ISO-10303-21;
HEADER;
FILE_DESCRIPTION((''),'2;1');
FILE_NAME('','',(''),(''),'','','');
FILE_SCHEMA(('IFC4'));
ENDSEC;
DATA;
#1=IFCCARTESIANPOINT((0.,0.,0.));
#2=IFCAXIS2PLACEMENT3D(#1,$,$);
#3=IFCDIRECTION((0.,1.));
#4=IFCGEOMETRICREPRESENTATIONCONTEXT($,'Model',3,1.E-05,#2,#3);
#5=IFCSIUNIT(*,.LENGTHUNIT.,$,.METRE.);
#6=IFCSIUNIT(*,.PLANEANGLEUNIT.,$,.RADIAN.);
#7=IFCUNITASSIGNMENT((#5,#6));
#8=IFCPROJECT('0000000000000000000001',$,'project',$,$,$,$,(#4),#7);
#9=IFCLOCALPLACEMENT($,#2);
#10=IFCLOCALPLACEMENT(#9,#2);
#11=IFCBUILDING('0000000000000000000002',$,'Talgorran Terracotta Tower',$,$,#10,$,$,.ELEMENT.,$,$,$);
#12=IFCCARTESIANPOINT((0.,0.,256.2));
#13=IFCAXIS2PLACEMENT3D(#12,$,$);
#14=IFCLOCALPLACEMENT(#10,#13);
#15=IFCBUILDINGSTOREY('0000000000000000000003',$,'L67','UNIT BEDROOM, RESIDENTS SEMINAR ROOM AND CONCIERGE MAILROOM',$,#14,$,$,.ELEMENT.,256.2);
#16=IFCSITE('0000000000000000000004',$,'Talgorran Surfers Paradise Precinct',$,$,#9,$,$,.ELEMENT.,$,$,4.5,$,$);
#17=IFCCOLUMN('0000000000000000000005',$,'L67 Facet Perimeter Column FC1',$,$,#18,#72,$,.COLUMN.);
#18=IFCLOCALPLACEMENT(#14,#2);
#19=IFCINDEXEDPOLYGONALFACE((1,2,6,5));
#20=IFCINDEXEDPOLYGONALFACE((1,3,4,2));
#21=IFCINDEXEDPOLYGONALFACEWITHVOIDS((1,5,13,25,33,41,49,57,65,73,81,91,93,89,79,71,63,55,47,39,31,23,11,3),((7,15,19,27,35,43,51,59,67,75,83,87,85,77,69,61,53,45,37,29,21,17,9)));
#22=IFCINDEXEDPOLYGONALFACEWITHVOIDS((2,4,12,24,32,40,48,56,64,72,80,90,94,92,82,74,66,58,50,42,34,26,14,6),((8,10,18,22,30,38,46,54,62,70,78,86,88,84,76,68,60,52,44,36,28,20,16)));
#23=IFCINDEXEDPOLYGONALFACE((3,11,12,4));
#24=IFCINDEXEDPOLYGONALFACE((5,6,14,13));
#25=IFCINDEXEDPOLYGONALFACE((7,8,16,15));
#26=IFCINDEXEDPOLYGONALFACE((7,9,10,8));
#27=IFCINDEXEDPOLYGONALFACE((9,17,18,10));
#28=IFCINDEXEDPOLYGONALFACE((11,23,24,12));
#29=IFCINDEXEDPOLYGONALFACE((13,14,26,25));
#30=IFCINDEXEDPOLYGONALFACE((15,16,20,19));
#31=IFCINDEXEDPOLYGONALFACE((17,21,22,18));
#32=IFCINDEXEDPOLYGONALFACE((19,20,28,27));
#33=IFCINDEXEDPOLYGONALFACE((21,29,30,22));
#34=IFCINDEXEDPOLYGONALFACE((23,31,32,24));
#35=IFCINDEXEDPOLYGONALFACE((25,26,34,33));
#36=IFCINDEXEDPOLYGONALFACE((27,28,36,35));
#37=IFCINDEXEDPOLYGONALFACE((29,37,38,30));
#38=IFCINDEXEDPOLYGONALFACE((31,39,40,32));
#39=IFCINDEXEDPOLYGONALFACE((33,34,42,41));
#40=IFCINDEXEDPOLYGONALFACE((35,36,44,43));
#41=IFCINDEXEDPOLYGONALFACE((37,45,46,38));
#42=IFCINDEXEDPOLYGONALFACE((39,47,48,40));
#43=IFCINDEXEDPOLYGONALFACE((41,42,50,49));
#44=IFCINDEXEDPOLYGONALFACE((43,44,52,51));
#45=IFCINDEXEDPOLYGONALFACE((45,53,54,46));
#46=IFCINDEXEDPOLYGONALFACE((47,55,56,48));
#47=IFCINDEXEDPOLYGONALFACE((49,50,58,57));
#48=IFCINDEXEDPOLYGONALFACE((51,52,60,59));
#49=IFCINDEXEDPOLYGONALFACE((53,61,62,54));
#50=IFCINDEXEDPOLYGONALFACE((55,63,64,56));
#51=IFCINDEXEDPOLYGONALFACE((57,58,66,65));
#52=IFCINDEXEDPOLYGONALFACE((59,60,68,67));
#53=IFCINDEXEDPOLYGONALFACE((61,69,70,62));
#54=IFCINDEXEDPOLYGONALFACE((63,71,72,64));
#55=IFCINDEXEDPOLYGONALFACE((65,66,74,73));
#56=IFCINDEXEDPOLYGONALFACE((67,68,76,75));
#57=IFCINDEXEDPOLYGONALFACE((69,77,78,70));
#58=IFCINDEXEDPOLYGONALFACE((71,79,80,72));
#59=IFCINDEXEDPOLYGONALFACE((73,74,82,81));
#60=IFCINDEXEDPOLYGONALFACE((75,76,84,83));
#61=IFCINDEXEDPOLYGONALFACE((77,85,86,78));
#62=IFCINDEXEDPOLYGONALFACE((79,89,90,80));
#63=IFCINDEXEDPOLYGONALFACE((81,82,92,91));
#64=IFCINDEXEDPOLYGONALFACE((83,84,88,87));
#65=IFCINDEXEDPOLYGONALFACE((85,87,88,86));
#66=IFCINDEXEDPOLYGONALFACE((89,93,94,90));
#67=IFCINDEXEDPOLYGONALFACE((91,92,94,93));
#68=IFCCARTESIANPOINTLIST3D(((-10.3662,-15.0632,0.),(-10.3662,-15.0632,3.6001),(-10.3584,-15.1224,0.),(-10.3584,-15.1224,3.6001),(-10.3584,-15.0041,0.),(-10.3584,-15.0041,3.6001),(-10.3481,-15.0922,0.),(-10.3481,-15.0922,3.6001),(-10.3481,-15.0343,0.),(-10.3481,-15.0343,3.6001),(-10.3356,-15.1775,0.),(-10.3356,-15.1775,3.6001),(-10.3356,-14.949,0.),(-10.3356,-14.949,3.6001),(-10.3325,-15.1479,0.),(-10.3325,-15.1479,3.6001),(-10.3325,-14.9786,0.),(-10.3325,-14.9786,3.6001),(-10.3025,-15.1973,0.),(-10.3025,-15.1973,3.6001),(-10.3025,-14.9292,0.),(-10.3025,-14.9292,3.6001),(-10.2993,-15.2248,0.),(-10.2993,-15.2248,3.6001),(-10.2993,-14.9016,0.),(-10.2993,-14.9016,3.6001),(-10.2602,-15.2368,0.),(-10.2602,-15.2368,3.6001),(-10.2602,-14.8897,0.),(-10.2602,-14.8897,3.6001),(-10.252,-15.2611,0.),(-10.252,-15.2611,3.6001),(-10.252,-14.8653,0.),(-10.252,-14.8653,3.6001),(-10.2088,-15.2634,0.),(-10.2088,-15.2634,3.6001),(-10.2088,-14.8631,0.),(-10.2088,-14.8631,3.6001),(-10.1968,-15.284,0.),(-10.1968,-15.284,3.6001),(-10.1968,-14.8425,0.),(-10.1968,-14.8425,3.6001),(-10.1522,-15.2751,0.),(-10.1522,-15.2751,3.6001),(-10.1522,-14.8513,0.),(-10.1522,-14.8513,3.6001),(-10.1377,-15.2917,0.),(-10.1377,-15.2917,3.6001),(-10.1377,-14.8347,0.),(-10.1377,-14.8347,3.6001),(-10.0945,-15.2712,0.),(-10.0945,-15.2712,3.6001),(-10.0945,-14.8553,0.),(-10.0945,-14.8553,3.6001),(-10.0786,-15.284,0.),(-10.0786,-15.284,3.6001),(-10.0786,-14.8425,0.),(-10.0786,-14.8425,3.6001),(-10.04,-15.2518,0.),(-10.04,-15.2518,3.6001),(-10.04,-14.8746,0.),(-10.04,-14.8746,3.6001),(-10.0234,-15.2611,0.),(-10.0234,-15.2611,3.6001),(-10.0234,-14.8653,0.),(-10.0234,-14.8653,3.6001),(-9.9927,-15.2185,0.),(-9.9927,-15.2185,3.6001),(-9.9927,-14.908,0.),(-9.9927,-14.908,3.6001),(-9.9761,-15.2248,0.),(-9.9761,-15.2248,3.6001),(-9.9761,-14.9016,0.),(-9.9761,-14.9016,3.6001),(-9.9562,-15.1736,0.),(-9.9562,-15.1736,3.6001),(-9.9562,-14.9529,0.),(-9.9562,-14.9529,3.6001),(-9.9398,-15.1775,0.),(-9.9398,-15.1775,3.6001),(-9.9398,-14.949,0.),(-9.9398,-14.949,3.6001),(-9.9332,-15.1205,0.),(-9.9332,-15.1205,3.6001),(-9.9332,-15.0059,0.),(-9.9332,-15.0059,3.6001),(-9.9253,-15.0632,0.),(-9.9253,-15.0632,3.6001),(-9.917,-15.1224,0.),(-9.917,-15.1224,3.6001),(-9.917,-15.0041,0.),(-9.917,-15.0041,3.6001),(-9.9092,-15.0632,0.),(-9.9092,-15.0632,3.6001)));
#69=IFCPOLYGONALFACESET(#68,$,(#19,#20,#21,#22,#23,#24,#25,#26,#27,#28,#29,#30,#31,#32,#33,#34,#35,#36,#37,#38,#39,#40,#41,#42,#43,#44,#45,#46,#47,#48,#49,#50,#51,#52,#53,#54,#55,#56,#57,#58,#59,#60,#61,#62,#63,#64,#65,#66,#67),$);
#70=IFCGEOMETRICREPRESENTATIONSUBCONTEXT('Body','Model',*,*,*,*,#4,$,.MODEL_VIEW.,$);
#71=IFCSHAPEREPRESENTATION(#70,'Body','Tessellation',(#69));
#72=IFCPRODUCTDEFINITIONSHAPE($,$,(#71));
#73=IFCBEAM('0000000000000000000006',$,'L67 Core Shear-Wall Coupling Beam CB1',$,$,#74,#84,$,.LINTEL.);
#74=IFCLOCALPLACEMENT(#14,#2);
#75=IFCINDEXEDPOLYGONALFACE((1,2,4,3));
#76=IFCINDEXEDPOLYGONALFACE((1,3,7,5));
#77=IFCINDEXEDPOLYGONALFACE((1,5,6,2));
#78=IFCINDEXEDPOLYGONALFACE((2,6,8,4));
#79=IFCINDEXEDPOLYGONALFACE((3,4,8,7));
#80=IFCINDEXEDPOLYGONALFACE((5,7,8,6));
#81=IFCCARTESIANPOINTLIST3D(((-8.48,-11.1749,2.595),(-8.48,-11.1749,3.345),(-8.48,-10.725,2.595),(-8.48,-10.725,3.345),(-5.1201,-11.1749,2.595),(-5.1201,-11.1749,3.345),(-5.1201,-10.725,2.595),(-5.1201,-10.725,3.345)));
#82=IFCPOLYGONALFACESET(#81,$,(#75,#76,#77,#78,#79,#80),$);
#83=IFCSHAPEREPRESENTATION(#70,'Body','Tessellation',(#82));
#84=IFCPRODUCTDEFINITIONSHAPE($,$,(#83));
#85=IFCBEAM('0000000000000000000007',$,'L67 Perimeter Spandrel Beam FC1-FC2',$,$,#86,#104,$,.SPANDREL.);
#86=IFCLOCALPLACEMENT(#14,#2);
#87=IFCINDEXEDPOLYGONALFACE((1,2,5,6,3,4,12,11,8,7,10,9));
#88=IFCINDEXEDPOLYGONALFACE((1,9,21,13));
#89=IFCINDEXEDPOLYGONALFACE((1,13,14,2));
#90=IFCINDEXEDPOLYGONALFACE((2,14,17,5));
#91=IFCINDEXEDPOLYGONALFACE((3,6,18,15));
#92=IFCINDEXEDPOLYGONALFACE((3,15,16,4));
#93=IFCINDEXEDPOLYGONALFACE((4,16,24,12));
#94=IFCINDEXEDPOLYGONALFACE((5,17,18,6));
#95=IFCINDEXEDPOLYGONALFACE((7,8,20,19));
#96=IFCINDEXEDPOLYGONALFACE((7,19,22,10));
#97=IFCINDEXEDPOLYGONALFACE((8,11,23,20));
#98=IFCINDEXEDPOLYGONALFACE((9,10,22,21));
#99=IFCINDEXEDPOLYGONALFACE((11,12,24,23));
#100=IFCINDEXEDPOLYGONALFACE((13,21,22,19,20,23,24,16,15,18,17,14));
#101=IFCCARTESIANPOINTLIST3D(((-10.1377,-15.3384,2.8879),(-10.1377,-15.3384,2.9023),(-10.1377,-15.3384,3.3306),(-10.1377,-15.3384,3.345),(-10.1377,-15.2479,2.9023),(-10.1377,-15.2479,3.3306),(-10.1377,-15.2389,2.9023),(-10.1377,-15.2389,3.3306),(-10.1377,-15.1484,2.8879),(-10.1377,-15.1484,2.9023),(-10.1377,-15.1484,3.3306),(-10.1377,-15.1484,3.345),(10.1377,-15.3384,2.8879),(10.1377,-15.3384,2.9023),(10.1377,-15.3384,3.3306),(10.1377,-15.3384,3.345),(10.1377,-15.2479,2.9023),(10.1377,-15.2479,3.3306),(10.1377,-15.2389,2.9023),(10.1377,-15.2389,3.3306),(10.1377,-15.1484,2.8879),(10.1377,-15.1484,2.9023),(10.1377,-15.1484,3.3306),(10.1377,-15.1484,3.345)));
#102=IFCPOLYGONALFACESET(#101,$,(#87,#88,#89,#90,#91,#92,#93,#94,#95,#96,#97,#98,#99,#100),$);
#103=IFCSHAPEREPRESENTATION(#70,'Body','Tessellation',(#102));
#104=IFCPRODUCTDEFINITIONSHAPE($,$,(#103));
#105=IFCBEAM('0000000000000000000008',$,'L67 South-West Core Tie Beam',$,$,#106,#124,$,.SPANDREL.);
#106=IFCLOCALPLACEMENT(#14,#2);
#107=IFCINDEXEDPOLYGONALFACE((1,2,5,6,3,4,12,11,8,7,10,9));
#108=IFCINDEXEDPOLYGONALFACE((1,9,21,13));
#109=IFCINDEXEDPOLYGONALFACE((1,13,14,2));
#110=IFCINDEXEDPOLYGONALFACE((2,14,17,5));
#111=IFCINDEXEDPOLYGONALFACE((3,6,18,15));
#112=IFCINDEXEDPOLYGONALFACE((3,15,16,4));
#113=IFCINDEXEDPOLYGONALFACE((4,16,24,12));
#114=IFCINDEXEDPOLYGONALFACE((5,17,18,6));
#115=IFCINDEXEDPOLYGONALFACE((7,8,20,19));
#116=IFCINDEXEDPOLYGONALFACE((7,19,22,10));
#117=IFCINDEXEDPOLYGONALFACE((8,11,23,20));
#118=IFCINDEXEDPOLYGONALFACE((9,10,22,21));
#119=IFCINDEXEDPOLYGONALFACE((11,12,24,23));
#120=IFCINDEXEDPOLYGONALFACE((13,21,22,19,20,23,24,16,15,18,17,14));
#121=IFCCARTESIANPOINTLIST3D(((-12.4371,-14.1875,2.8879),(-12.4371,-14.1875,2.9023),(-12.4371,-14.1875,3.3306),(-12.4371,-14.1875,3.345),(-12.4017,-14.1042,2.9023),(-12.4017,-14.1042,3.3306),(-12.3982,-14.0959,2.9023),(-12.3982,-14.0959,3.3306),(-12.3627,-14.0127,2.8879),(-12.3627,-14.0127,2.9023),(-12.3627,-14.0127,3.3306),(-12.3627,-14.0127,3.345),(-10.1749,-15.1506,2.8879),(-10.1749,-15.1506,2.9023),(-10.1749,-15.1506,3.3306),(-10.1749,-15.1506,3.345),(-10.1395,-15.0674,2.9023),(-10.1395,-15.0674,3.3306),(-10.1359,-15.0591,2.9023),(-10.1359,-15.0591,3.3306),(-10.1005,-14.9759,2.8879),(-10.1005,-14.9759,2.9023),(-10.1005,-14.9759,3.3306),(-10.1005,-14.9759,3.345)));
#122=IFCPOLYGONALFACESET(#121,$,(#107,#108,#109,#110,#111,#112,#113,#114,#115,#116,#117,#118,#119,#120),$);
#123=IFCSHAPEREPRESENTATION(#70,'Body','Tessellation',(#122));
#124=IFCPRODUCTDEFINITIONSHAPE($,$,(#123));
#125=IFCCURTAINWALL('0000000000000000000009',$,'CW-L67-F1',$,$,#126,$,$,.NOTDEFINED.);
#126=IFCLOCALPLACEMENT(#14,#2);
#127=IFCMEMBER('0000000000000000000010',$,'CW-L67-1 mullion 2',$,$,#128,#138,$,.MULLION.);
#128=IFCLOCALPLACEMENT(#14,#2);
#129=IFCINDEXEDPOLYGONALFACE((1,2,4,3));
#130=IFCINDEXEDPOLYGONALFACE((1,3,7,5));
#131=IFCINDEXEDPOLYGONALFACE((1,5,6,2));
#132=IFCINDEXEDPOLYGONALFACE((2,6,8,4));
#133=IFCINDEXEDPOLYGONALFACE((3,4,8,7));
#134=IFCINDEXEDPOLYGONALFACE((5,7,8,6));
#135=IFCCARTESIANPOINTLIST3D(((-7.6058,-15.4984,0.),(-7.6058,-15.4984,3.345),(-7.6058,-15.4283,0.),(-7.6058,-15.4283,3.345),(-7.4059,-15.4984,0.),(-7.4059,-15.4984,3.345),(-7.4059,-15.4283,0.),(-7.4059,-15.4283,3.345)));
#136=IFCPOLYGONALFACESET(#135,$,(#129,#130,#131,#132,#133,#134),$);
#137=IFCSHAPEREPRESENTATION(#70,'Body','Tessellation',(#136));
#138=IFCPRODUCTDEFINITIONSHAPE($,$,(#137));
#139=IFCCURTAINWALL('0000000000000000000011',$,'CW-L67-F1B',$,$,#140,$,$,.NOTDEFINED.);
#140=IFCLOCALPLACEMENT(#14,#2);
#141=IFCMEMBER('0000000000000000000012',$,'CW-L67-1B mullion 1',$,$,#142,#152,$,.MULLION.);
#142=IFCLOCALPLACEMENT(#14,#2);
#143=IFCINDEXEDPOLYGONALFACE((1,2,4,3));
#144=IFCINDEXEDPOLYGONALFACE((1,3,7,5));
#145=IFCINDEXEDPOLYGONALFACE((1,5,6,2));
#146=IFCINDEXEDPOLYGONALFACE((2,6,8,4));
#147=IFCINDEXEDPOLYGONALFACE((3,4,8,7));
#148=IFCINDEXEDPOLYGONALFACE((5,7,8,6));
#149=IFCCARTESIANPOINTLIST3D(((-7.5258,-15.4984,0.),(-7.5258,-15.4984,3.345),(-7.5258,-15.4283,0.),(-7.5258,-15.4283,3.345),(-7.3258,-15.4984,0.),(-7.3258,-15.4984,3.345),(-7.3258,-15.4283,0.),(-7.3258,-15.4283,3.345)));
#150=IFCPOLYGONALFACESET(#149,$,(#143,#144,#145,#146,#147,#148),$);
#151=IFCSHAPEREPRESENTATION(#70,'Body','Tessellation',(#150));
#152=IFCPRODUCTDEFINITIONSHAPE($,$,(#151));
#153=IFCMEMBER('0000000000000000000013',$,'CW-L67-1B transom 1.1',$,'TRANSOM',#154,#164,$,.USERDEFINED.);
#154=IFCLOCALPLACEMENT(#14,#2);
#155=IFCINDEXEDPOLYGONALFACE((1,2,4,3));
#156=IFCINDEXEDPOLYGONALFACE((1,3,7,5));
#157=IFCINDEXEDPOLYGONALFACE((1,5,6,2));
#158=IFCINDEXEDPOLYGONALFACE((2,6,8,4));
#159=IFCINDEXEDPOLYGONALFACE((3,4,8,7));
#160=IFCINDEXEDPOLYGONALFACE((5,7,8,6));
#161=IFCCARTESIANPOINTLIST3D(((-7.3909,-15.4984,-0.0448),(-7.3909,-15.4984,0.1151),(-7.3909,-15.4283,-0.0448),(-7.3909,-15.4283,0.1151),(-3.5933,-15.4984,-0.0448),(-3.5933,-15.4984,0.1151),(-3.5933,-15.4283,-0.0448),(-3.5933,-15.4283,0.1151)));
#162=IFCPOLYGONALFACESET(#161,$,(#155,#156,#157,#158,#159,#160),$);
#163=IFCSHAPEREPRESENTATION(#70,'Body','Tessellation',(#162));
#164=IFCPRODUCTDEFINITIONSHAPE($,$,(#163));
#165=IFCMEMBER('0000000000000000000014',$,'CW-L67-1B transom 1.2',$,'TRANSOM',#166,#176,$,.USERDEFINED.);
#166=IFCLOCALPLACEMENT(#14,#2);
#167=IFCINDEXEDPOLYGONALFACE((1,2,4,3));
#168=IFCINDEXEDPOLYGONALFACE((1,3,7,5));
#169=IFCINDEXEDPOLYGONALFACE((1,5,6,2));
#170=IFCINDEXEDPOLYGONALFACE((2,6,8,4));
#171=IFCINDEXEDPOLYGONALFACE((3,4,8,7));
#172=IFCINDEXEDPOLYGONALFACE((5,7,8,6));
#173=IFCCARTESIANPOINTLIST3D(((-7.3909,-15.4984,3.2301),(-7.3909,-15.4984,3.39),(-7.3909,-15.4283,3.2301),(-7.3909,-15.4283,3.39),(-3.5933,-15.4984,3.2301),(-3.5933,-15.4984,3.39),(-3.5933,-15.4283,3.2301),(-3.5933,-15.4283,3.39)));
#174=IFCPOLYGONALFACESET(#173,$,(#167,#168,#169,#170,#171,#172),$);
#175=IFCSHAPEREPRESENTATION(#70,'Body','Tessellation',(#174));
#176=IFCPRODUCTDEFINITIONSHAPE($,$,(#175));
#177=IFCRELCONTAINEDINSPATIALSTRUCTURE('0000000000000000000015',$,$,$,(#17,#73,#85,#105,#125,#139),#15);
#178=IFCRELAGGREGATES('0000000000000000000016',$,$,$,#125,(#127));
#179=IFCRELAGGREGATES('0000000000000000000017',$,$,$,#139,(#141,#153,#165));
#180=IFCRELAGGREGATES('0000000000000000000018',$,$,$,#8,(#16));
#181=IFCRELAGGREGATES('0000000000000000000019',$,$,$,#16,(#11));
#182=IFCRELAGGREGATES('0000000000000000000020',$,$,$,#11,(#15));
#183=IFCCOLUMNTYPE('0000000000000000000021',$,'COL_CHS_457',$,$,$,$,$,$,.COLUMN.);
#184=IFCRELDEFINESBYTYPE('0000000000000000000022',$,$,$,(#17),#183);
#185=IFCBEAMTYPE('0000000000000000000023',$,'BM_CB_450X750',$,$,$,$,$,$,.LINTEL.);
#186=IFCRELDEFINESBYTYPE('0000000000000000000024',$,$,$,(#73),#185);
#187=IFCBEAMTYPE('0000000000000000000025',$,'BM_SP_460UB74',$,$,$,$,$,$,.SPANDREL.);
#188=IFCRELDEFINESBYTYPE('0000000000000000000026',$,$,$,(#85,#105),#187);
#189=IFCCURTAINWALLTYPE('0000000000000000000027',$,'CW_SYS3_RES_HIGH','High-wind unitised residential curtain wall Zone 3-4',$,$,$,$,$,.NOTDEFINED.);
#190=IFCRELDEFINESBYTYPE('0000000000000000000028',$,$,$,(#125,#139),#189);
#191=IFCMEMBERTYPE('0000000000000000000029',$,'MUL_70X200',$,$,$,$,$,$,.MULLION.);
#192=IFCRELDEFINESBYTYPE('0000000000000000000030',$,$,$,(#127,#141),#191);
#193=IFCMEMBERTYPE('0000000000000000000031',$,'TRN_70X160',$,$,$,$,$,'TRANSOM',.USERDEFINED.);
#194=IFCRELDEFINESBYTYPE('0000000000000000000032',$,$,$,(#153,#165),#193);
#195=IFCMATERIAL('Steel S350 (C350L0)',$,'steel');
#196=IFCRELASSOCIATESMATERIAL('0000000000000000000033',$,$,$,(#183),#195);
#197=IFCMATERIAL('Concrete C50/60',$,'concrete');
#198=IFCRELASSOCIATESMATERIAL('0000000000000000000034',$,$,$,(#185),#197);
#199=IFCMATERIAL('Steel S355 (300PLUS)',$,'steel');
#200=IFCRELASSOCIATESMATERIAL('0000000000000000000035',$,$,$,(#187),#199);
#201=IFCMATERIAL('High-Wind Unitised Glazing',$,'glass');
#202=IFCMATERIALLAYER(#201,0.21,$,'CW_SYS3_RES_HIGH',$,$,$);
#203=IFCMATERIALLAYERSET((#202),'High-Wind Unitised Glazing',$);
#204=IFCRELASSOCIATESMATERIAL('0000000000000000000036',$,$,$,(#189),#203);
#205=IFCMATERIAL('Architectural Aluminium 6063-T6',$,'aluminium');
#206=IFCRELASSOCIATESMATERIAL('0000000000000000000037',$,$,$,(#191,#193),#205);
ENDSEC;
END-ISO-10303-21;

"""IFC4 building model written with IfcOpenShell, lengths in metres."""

from ifc_helpers import new_model, si_unit, direction, frame, origin, origin_2d, place, context, subcontext, project, spatial, rectangle, hollow_circle, i_section, extrude, material, layer, layer_set, material_profile, profile_set, type_object, element, aggregate, save


model = new_model("IFC4")

# Units and contexts
model_context = context("Model", 3, precision=1e-05, world=origin(), true_north=direction((0.0, 1.0)))
body_context = subcontext(model_context, "Body", "Model", "MODEL_VIEW")
ifc_project = project(units=[si_unit("LENGTHUNIT", "METRE"), si_unit("PLANEANGLEUNIT", "RADIAN")], contexts=[model_context])

# Site, building, storey
site_placement = place(None, origin())
site = spatial("IfcSite", under=ifc_project, at=site_placement, Name="Talgorran Surfers Paradise Precinct", CompositionType="ELEMENT", RefElevation=4.5)
building_placement = place(site_placement, origin())
building = spatial("IfcBuilding", under=site, at=building_placement, Name="Talgorran Terracotta Tower", CompositionType="ELEMENT")
storey_placement = place(building_placement, frame((0.0, 0.0, 256.2)))
storey = spatial("IfcBuildingStorey", under=building, at=storey_placement, Name="L67", Description="UNIT BEDROOM, RESIDENTS SEMINAR ROOM AND CONCIERGE MAILROOM", CompositionType="ELEMENT", Elevation=256.2)

# Column
ifc_material_1 = material(Name="Steel S350 (C350L0)", Category="steel")
ifc_material_profile_1 = material_profile(ifc_material_1, hollow_circle(Radius=0.2285, WallThickness=0.0161, at=origin_2d()), Name="CHS457X16")
ifc_profile_set_1 = profile_set([ifc_material_profile_1], Name="Steel S350 (C350L0)")
column_type = type_object("IfcColumnType", Name="COL_CHS_457", PredefinedType="COLUMN", material=ifc_profile_set_1)
column_placement = place(storey_placement, frame((-10.1377, -15.0632, 0.0), z_axis=(0.0, 0.0, 1.0), x_axis=(1.0, 0.0, 0.0)))
element("IfcColumn", 1, at=column_placement, inside=storey, type_object=column_type, Name="L67 Facet Perimeter Column FC1", PredefinedType="COLUMN", context=body_context, shape_type="SweptSolid", body=[
    extrude(hollow_circle(Radius=0.2285, WallThickness=0.0161, at=origin_2d()), origin(), (0.0, 0.0, 1.0), 3.6001),
])

# Beams
ifc_material_2 = material(Name="Concrete C50/60", Category="concrete")
ifc_material_profile_2 = material_profile(ifc_material_2, rectangle(XDim=0.45, YDim=0.75, at=origin_2d()), Name="RCCB450X750")
ifc_profile_set_2 = profile_set([ifc_material_profile_2], Name="Concrete C50/60")
beam_type_1 = type_object("IfcBeamType", Name="BM_CB_450X750", PredefinedType="LINTEL", material=ifc_profile_set_2)
beam_1_placement = place(storey_placement, frame((-8.48, -10.95, 2.97), z_axis=(1.0, 0.0, 0.0), x_axis=(0.0, 1.0, 0.0)))
element("IfcBeam", 2, at=beam_1_placement, inside=storey, type_object=beam_type_1, Name="L67 Core Shear-Wall Coupling Beam CB1", PredefinedType="LINTEL", context=body_context, shape_type="SweptSolid", body=[
    extrude(rectangle(XDim=0.45, YDim=0.75, at=origin_2d()), origin(), (0.0, 0.0, 1.0), 3.3599),
])
ifc_material_3 = material(Name="Steel S355 (300PLUS)", Category="steel")
ifc_material_profile_3 = material_profile(ifc_material_3, i_section(OverallWidth=0.1899, OverallDepth=0.457, WebThickness=0.009, FlangeThickness=0.0144, at=origin_2d()), Name="460UB74.6")
ifc_profile_set_3 = profile_set([ifc_material_profile_3], Name="Steel S355 (300PLUS)")
beam_type_2 = type_object("IfcBeamType", Name="BM_SP_460UB74", PredefinedType="SPANDREL", material=ifc_profile_set_3)
beam_2_placement = place(storey_placement, frame((-10.1377, -15.2434, 3.1165), z_axis=(1.0, 0.0, 0.0), x_axis=(0.0, 1.0, 0.0)))
element("IfcBeam", 3, at=beam_2_placement, inside=storey, type_object=beam_type_2, Name="L67 Perimeter Spandrel Beam FC1-FC2", PredefinedType="SPANDREL", context=body_context, shape_type="SweptSolid", body=[
    extrude(i_section(OverallWidth=0.1899, OverallDepth=0.457, WebThickness=0.009, FlangeThickness=0.0144, at=origin_2d()), origin(), (0.0, 0.0, 1.0), 20.2754),
])
beam_3_placement = place(storey_placement, frame((-10.1377, -15.0632, 3.1165), z_axis=(-0.920082, 0.391725, 0.0), x_axis=(-0.391725, -0.920082, 0.0)))
element("IfcBeam", 4, at=beam_3_placement, inside=storey, type_object=beam_type_2, Name="L67 South-West Core Tie Beam", PredefinedType="SPANDREL", context=body_context, shape_type="SweptSolid", body=[
    extrude(i_section(OverallWidth=0.1899, OverallDepth=0.457, WebThickness=0.009, FlangeThickness=0.0144, at=origin_2d()), origin(), (0.0, 0.0, 1.0), 2.4587),
])

# Curtain wall, member
ifc_material_4 = material(Name="High-Wind Unitised Glazing", Category="glass")
ifc_layer_1 = layer(ifc_material_4, 0.21, Name="CW_SYS3_RES_HIGH")
ifc_layer_set_1 = layer_set([ifc_layer_1], Name="High-Wind Unitised Glazing")
curtain_wall_type = type_object("IfcCurtainWallType", Name="CW_SYS3_RES_HIGH", Description="High-wind unitised residential curtain wall Zone 3-4", PredefinedType="NOTDEFINED", material=ifc_layer_set_1)
curtain_wall_1_placement = place(storey_placement, origin())
curtain_wall_1 = element("IfcCurtainWall", 5, at=curtain_wall_1_placement, inside=storey, type_object=curtain_wall_type, Name="CW-L67-F1", PredefinedType="NOTDEFINED")
ifc_material_5 = material(Name="Architectural Aluminium 6063-T6", Category="aluminium")
ifc_material_profile_4 = material_profile(ifc_material_5, rectangle(XDim=0.0701, YDim=0.2, at=origin_2d()), Name="CWM70X200")
ifc_profile_set_4 = profile_set([ifc_material_profile_4], Name="Architectural Aluminium 6063-T6")
member_type_1 = type_object("IfcMemberType", Name="MUL_70X200", PredefinedType="MULLION", material=ifc_profile_set_4)
member_1_placement = place(storey_placement, frame((-7.5059, -15.4634, 0.0), z_axis=(0.0, 0.0, 1.0), x_axis=(0.0, 1.0, 0.0)))
member_1 = element("IfcMember", 6, at=member_1_placement, type_object=member_type_1, Name="CW-L67-1 mullion 2", PredefinedType="MULLION", context=body_context, shape_type="SweptSolid", body=[
    extrude(rectangle(XDim=0.0701, YDim=0.2, at=origin_2d()), origin(), (0.0, 0.0, 1.0), 3.345),
])
aggregate(curtain_wall_1, [member_1])

# Curtain wall, members
curtain_wall_2_placement = place(storey_placement, origin())
curtain_wall_2 = element("IfcCurtainWall", 7, at=curtain_wall_2_placement, inside=storey, type_object=curtain_wall_type, Name="CW-L67-F1B", PredefinedType="NOTDEFINED")
member_2_placement = place(storey_placement, frame((-7.4258, -15.4634, 0.0), z_axis=(0.0, 0.0, 1.0), x_axis=(0.0, 1.0, 0.0)))
member_2 = element("IfcMember", 8, at=member_2_placement, type_object=member_type_1, Name="CW-L67-1B mullion 1", PredefinedType="MULLION", context=body_context, shape_type="SweptSolid", body=[
    extrude(rectangle(XDim=0.0701, YDim=0.2, at=origin_2d()), origin(), (0.0, 0.0, 1.0), 3.345),
])
ifc_material_profile_5 = material_profile(ifc_material_5, rectangle(XDim=0.0701, YDim=0.1599, at=origin_2d()), Name="CWT70X160")
ifc_profile_set_5 = profile_set([ifc_material_profile_5], Name="Architectural Aluminium 6063-T6")
member_type_2 = type_object("IfcMemberType", Name="TRN_70X160", ElementType="TRANSOM", PredefinedType="USERDEFINED", material=ifc_profile_set_5)
member_3_placement = place(storey_placement, frame((-7.3909, -15.4634, 0.0352), z_axis=(1.0, 0.0, 0.0), x_axis=(0.0, 1.0, 0.0)))
member_3 = element("IfcMember", 9, at=member_3_placement, type_object=member_type_2, Name="CW-L67-1B transom 1.1", ObjectType="TRANSOM", PredefinedType="USERDEFINED", context=body_context, shape_type="SweptSolid", body=[
    extrude(rectangle(XDim=0.0701, YDim=0.1599, at=origin_2d()), origin(), (0.0, 0.0, 1.0), 3.7976),
])
member_4_placement = place(storey_placement, frame((-7.3909, -15.4634, 3.3101), z_axis=(1.0, 0.0, 0.0), x_axis=(0.0, 1.0, 0.0)))
member_4 = element("IfcMember", 10, at=member_4_placement, type_object=member_type_2, Name="CW-L67-1B transom 1.2", ObjectType="TRANSOM", PredefinedType="USERDEFINED", context=body_context, shape_type="SweptSolid", body=[
    extrude(rectangle(XDim=0.0701, YDim=0.1599, at=origin_2d()), origin(), (0.0, 0.0, 1.0), 3.7976),
])
aggregate(curtain_wall_2, [member_2, member_3, member_4])

save(model, "model.ifc")
